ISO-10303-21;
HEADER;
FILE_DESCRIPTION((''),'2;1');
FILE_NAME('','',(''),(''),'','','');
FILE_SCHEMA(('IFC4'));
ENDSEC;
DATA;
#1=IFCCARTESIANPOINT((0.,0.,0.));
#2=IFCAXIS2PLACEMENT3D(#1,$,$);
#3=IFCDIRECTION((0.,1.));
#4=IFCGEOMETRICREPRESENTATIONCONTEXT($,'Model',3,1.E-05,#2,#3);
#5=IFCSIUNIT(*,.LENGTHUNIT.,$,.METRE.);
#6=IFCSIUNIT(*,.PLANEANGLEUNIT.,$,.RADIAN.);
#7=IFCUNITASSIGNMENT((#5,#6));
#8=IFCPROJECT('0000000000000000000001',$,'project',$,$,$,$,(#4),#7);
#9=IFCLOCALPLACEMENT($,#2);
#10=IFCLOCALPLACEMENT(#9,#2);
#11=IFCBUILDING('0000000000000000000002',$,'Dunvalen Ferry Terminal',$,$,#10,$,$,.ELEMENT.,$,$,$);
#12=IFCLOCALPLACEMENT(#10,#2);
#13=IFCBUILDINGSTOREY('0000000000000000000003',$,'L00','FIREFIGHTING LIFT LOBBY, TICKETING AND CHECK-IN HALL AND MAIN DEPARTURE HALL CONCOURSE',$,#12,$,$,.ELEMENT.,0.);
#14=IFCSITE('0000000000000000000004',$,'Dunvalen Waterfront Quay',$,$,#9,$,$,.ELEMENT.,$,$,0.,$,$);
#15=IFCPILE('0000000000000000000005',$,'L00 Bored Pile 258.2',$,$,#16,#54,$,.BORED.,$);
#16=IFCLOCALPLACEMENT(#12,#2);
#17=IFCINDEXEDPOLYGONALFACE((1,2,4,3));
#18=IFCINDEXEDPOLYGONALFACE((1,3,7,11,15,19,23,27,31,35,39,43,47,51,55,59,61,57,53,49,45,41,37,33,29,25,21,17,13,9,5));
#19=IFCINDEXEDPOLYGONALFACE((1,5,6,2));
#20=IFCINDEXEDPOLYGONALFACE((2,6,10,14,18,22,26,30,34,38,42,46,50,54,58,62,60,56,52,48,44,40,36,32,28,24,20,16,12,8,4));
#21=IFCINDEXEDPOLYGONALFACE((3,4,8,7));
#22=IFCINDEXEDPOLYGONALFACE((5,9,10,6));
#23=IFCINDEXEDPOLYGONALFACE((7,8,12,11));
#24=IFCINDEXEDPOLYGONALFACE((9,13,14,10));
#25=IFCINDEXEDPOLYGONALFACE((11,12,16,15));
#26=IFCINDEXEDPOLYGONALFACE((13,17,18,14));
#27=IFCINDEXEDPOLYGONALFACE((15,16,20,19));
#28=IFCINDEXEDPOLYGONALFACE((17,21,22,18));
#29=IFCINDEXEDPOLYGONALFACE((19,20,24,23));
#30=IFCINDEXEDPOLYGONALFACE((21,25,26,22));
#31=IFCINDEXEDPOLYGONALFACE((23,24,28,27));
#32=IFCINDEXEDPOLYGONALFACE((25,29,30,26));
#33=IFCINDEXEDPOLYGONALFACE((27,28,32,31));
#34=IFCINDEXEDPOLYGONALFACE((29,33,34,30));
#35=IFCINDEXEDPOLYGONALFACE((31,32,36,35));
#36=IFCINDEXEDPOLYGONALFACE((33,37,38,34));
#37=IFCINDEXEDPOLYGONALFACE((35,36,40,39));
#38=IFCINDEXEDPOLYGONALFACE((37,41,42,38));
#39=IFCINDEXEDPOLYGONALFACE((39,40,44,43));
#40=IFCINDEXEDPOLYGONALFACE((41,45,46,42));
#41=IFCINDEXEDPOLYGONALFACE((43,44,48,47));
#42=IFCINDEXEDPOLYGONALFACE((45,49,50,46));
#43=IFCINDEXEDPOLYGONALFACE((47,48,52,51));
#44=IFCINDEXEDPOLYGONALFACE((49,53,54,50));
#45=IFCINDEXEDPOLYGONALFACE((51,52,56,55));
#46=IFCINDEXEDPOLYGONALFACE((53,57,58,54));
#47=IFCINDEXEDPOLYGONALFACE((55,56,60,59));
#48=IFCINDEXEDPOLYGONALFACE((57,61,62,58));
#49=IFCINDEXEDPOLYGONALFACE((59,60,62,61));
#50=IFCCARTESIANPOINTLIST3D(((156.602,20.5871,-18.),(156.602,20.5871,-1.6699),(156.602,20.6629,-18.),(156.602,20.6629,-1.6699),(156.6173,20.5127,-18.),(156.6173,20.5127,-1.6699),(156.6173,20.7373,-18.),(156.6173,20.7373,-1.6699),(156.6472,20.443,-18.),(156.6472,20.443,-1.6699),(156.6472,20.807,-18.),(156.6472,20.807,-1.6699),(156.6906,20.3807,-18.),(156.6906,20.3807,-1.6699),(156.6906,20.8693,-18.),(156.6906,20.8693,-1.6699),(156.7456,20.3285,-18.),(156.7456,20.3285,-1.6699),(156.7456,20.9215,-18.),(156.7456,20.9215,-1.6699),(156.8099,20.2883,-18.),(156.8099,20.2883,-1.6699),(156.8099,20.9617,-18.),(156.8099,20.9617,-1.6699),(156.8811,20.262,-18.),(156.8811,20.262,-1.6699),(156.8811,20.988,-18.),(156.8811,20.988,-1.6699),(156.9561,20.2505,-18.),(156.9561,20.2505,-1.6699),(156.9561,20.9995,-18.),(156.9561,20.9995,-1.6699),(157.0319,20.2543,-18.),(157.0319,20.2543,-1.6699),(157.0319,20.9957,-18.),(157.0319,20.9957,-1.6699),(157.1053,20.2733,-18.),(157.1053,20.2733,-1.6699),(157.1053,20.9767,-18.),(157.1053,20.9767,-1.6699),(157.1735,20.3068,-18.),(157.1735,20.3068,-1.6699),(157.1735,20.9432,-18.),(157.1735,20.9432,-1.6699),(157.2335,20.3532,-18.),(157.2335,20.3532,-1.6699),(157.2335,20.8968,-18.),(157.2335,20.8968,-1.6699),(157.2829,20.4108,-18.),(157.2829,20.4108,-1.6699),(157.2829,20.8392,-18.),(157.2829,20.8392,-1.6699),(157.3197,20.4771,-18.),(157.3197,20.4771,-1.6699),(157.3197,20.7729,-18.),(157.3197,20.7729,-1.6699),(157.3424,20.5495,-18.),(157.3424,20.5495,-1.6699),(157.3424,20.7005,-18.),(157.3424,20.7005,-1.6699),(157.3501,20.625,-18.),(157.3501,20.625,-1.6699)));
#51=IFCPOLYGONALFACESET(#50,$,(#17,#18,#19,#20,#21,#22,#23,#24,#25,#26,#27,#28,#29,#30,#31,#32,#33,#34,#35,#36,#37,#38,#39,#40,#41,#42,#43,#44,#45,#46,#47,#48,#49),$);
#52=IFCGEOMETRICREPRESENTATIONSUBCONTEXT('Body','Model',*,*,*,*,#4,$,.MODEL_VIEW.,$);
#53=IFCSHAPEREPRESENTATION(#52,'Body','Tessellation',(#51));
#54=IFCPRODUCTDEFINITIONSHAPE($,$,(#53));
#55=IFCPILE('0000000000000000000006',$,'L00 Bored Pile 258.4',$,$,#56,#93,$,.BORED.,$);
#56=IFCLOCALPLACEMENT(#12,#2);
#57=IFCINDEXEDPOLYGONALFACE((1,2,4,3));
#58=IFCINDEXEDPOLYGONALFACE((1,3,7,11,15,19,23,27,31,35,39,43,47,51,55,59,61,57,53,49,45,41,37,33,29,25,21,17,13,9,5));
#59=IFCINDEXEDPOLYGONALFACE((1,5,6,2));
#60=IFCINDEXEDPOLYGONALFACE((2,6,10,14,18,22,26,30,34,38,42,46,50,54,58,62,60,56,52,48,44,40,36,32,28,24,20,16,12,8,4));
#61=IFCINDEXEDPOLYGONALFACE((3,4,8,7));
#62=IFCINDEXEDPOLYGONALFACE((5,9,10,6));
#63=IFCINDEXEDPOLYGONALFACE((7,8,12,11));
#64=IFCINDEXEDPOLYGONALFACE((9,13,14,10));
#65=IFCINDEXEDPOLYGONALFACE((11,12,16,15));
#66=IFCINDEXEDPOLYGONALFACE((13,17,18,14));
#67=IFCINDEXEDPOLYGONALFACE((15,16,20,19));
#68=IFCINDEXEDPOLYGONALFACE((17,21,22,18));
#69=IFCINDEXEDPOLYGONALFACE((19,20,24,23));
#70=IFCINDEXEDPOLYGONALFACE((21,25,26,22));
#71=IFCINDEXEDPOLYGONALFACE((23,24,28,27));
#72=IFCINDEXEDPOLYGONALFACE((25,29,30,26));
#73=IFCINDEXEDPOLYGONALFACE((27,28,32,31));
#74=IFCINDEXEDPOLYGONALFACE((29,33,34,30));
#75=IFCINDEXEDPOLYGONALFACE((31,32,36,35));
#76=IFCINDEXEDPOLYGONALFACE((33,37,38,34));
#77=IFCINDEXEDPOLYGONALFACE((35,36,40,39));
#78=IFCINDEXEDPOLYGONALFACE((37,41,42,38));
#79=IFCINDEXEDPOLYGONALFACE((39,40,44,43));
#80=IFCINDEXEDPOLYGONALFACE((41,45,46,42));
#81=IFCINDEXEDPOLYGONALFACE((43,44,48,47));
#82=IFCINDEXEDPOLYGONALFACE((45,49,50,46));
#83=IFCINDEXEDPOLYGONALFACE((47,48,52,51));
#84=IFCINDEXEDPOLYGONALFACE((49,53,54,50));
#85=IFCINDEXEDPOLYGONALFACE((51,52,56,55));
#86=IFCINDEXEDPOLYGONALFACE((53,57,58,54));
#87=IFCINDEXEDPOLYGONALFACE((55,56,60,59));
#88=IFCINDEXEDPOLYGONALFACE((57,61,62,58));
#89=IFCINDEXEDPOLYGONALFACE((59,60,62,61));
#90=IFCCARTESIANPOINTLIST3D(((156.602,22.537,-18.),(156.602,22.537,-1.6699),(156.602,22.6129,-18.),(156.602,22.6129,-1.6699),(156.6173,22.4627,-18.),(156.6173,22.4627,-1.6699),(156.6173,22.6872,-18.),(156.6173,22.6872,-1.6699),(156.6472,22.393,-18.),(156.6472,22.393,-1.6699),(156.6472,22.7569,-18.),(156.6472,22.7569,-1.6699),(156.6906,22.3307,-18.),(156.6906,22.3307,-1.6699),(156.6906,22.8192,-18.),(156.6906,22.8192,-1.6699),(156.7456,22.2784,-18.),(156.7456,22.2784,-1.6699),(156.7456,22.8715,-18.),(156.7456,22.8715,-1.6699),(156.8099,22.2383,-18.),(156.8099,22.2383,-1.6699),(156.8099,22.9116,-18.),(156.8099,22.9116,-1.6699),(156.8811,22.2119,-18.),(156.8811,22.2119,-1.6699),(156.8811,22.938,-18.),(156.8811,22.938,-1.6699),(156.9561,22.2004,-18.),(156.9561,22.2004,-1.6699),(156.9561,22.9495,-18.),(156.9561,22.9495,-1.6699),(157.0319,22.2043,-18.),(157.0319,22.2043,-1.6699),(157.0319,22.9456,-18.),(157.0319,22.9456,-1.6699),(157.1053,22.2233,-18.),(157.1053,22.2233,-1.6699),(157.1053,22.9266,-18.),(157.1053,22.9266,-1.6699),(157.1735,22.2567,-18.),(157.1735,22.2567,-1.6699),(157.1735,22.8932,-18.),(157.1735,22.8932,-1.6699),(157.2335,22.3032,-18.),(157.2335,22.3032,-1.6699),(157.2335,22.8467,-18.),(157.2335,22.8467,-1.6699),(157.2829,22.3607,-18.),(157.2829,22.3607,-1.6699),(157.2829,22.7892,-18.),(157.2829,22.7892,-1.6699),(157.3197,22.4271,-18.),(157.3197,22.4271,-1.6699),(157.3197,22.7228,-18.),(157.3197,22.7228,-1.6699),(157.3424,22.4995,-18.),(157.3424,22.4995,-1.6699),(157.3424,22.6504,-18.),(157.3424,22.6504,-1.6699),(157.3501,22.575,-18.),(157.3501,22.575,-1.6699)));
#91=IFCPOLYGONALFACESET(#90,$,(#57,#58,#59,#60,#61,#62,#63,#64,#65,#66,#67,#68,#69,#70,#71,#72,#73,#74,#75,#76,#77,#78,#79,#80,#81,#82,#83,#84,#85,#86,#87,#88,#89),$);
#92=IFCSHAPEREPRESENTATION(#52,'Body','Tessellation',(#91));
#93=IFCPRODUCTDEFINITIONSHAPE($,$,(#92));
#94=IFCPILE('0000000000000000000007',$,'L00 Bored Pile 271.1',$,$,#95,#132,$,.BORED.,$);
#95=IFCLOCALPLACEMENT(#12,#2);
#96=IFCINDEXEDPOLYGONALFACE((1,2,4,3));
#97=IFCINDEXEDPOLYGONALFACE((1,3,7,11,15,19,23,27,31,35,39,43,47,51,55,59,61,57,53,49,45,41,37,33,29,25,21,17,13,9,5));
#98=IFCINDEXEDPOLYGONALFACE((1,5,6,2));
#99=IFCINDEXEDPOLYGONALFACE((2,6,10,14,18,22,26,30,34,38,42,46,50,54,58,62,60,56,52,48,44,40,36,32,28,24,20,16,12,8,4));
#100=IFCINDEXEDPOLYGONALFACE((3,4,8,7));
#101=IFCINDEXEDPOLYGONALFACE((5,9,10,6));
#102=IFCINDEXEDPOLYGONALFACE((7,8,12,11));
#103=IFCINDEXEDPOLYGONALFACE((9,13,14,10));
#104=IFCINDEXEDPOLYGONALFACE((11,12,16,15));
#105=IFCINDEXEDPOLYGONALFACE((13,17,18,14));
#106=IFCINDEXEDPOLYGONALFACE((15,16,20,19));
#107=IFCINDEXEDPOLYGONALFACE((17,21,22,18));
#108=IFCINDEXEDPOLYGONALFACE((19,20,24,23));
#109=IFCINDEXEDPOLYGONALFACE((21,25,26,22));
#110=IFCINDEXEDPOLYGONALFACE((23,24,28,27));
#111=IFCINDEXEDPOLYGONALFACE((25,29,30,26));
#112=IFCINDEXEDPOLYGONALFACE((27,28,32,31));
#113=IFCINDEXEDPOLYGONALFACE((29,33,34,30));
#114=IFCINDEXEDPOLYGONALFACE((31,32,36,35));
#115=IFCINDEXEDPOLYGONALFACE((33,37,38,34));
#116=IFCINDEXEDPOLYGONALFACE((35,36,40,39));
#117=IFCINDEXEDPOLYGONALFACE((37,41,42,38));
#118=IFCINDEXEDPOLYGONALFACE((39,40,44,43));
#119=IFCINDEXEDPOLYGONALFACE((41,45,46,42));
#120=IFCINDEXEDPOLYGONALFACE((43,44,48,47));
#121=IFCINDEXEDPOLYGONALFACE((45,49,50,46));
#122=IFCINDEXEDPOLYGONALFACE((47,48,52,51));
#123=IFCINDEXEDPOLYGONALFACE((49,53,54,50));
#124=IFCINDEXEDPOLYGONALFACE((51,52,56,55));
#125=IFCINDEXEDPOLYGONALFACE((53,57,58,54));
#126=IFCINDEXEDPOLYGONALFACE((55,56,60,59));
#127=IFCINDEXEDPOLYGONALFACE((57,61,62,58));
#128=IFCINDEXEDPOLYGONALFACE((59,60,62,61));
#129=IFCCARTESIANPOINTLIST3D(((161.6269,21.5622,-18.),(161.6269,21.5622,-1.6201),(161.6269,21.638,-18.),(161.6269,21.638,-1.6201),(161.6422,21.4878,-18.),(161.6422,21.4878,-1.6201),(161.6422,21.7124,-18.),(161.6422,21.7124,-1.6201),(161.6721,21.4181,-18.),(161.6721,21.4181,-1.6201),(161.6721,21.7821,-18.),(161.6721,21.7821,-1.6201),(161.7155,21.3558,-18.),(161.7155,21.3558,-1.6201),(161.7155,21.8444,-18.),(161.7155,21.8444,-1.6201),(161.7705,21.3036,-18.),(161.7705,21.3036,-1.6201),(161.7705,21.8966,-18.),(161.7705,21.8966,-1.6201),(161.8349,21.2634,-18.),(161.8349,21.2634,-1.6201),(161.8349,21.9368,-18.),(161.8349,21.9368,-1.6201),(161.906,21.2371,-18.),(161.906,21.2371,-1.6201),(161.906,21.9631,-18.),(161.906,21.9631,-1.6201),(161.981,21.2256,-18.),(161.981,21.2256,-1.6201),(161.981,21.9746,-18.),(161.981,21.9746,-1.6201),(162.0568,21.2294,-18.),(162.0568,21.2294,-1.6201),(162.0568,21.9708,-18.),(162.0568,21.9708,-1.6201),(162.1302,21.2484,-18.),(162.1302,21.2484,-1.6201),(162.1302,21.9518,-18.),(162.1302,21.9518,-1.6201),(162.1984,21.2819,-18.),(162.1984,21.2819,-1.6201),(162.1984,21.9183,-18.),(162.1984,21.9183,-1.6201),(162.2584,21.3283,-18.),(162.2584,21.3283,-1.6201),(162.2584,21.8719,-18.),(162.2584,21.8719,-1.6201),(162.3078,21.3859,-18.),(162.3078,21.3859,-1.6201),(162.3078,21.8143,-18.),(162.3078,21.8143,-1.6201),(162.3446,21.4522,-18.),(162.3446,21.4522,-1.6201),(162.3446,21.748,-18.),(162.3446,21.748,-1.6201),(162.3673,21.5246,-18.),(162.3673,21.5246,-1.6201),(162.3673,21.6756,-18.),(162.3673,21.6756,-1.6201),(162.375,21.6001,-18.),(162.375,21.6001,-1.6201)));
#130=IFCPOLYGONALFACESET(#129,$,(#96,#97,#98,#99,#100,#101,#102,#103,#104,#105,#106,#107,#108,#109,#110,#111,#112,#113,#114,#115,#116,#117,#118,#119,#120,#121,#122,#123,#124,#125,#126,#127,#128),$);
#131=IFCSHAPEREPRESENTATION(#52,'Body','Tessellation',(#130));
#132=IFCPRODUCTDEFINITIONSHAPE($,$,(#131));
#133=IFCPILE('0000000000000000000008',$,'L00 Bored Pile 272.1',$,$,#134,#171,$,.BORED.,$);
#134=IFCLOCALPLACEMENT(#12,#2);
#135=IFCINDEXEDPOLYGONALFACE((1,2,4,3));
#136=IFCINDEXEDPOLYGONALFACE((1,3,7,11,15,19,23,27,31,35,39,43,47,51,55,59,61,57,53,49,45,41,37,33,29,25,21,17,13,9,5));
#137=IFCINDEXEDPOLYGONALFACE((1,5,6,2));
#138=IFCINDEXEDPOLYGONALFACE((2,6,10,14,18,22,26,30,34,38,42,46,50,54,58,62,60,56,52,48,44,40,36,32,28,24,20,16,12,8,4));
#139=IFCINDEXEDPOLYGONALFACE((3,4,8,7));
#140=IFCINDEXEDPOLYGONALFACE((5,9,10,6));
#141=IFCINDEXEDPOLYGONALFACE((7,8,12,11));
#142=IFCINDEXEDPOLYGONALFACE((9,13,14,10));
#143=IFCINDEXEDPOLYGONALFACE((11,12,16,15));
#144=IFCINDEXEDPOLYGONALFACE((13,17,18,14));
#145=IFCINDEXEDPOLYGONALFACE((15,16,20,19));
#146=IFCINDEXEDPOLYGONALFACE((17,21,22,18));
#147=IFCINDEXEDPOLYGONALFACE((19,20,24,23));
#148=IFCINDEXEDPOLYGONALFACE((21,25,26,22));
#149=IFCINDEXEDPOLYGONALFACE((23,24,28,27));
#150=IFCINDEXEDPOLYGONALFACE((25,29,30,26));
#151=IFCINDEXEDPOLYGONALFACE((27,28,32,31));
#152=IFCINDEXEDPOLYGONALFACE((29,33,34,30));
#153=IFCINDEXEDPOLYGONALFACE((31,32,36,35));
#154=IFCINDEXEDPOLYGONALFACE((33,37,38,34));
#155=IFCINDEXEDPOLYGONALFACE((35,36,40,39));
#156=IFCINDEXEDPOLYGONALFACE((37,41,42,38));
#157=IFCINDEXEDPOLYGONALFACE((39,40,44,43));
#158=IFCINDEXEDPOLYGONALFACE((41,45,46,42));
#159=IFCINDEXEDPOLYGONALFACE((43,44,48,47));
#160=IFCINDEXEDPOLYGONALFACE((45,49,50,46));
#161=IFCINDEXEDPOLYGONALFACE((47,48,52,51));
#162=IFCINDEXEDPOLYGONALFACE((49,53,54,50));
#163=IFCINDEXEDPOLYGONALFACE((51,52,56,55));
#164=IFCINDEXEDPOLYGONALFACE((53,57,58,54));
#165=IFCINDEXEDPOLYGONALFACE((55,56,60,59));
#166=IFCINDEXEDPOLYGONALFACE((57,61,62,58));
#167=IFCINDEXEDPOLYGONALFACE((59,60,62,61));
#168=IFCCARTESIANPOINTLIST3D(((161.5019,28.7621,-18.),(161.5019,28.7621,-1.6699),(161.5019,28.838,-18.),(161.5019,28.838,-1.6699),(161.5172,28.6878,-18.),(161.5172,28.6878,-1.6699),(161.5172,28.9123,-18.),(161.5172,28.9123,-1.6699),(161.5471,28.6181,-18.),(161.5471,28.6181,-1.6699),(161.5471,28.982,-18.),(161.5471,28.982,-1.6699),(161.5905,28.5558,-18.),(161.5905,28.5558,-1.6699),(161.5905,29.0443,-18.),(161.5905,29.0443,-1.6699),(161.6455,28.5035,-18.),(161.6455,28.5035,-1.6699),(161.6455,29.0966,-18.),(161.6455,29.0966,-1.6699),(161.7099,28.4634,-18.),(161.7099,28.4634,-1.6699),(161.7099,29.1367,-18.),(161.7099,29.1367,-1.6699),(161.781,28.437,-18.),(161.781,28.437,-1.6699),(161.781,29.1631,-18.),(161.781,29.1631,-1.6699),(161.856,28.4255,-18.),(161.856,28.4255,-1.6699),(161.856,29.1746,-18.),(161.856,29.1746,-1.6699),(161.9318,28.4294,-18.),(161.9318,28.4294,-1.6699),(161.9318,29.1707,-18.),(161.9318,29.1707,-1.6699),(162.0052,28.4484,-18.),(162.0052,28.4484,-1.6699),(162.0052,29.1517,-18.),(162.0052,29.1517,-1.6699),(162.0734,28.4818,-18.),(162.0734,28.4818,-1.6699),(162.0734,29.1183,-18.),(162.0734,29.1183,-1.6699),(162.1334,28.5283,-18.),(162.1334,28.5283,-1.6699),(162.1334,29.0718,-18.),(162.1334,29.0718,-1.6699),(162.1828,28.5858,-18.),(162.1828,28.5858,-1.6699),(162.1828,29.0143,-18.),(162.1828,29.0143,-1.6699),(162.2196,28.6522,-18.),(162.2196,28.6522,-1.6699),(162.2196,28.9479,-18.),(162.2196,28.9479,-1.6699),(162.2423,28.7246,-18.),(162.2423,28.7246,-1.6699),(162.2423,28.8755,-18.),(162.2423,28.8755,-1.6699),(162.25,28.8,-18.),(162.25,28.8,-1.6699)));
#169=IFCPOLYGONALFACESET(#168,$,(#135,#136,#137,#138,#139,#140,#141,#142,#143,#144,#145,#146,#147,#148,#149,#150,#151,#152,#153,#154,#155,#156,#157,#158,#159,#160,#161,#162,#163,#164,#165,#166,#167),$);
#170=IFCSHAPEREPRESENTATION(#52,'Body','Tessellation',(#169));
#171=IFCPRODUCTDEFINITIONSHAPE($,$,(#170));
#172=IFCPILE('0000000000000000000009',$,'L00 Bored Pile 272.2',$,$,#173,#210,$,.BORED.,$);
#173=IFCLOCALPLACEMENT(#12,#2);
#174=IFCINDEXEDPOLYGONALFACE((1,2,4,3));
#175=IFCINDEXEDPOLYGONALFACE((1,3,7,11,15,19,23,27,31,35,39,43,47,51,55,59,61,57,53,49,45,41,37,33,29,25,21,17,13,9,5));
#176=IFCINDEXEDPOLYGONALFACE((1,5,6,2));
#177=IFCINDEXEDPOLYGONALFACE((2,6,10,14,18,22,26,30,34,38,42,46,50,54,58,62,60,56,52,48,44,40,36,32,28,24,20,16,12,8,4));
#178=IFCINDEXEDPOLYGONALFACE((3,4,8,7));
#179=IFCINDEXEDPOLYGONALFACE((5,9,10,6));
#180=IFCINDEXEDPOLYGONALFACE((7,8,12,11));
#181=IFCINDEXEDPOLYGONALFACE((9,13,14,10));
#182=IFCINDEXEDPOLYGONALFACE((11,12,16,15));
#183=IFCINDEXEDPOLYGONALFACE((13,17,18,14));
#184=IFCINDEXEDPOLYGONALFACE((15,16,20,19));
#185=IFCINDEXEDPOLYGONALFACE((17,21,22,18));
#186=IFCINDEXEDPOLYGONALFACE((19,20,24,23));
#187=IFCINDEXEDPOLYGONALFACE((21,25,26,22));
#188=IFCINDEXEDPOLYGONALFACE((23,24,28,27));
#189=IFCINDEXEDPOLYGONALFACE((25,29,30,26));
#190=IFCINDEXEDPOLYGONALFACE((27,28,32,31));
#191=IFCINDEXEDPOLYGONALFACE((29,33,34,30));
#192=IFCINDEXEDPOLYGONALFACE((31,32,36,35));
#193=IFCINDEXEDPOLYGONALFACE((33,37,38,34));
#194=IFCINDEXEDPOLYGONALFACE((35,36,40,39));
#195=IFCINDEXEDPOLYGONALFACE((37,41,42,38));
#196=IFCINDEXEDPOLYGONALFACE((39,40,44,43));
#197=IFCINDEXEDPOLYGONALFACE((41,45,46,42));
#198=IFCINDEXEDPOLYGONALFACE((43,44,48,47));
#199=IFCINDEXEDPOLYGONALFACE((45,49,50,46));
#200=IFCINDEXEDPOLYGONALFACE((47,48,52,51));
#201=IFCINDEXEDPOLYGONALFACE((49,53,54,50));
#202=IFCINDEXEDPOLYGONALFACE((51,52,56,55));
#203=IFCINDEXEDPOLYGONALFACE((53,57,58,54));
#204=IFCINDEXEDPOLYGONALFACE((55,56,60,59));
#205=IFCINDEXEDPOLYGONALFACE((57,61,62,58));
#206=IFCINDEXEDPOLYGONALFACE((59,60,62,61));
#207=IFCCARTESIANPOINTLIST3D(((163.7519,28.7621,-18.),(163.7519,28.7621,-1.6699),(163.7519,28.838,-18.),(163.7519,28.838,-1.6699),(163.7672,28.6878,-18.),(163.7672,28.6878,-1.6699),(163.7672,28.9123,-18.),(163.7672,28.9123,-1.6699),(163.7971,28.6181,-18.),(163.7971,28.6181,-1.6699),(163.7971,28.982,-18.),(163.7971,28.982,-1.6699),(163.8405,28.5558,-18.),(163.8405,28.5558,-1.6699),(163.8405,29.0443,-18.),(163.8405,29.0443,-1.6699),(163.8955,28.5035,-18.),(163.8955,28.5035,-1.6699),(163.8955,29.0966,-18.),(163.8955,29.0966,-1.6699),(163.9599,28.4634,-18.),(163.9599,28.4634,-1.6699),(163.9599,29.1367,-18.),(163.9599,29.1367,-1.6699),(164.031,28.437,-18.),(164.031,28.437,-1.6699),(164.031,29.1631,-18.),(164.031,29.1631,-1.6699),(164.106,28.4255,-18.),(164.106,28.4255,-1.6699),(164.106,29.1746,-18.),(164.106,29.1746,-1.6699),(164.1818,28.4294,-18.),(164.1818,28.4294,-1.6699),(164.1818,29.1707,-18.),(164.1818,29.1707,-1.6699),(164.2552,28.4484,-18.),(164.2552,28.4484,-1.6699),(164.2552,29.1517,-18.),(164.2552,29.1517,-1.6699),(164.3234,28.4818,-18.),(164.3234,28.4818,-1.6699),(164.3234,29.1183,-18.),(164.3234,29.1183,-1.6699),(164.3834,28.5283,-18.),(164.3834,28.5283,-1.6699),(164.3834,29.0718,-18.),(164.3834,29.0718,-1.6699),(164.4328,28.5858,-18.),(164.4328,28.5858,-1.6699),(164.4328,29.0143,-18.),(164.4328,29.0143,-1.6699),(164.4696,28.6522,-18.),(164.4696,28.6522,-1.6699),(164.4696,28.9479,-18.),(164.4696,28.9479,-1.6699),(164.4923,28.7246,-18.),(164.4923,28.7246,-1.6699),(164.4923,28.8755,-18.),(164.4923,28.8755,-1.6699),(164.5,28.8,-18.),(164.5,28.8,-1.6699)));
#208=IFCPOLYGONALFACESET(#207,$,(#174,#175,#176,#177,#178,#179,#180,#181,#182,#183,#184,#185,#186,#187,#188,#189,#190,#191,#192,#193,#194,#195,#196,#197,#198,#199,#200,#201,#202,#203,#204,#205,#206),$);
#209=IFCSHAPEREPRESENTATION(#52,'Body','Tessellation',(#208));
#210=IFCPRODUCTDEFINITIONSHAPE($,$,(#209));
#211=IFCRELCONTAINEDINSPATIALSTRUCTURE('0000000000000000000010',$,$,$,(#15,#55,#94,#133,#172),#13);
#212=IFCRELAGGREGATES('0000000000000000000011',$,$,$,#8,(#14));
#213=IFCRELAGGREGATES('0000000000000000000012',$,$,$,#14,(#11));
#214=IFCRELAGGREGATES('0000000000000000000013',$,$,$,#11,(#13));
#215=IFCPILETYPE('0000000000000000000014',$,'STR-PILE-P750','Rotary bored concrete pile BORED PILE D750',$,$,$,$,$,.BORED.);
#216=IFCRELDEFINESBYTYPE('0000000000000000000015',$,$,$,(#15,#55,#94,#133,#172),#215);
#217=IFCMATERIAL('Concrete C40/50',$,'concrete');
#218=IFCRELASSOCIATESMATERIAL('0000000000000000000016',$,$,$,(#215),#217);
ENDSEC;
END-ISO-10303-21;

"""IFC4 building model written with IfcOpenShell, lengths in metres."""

from ifc_helpers import new_model, si_unit, direction, frame, origin, origin_2d, place, context, subcontext, project, spatial, circle, extrude, material, material_profile, profile_set, type_object, element, save


model = new_model("IFC4")

# Units and contexts
model_context = context("Model", 3, precision=1e-05, world=origin(), true_north=direction((0.0, 1.0)))
body_context = subcontext(model_context, "Body", "Model", "MODEL_VIEW")
ifc_project = project(units=[si_unit("LENGTHUNIT", "METRE"), si_unit("PLANEANGLEUNIT", "RADIAN")], contexts=[model_context])

# Site, building, storey
site_placement = place(None, origin())
site = spatial("IfcSite", under=ifc_project, at=site_placement, Name="Dunvalen Waterfront Quay", CompositionType="ELEMENT", RefElevation=0.0)
building_placement = place(site_placement, origin())
building = spatial("IfcBuilding", under=site, at=building_placement, Name="Dunvalen Ferry Terminal", CompositionType="ELEMENT")
storey_placement = place(building_placement, origin())
storey = spatial("IfcBuildingStorey", under=building, at=storey_placement, Name="L00", Description="FIREFIGHTING LIFT LOBBY, TICKETING AND CHECK-IN HALL AND MAIN DEPARTURE HALL CONCOURSE", CompositionType="ELEMENT", Elevation=0.0)

# Shared definitions
ifc_material_1 = material(Name="Concrete C40/50", Category="concrete")

# Piles
ifc_material_profile_1 = material_profile(ifc_material_1, circle(Radius=0.375, at=origin_2d()), Name="Concrete C40/50")
ifc_profile_set_1 = profile_set([ifc_material_profile_1], Name="Concrete C40/50")
pile_type = type_object("IfcPileType", Name="STR-PILE-P750", Description="Rotary bored concrete pile BORED PILE D750", PredefinedType="BORED", material=ifc_profile_set_1)
for number, where, z_axis, x_axis, name in (
    (1, (156.9751, 20.625, -1.6699), (0.0, 0.0, -1.0), (1.0, 0.0, 0.0), "L00 Bored Pile 258.2"),
    (2, (156.9751, 22.575, -1.6699), (0.0, 0.0, -1.0), (1.0, 0.0, 0.0), "L00 Bored Pile 258.4"),
):
    element("IfcPile", number, at=place(storey_placement, frame(where, z_axis=z_axis, x_axis=x_axis)), inside=storey, type_object=pile_type, Name=name, PredefinedType="BORED", context=body_context, shape_type="SweptSolid", body=[
        extrude(circle(Radius=0.375, at=origin_2d()), origin(), (0.0, 0.0, 1.0), 16.3301),
    ])
pile_placement = place(storey_placement, frame((162.0, 21.6001, -1.6201), z_axis=(0.0, 0.0, -1.0), x_axis=(1.0, 0.0, 0.0)))
element("IfcPile", 3, at=pile_placement, inside=storey, type_object=pile_type, Name="L00 Bored Pile 271.1", PredefinedType="BORED", context=body_context, shape_type="SweptSolid", body=[
    extrude(circle(Radius=0.375, at=origin_2d()), origin(), (0.0, 0.0, 1.0), 16.3799),
])
for number, where, z_axis, x_axis, name in (
    (4, (161.875, 28.8, -1.6699), (0.0, 0.0, -1.0), (1.0, 0.0, 0.0), "L00 Bored Pile 272.1"),
    (5, (164.125, 28.8, -1.6699), (0.0, 0.0, -1.0), (1.0, 0.0, 0.0), "L00 Bored Pile 272.2"),
):
    element("IfcPile", number, at=place(storey_placement, frame(where, z_axis=z_axis, x_axis=x_axis)), inside=storey, type_object=pile_type, Name=name, PredefinedType="BORED", context=body_context, shape_type="SweptSolid", body=[
        extrude(circle(Radius=0.375, at=origin_2d()), origin(), (0.0, 0.0, 1.0), 16.3301),
    ])

save(model, "model.ifc")
